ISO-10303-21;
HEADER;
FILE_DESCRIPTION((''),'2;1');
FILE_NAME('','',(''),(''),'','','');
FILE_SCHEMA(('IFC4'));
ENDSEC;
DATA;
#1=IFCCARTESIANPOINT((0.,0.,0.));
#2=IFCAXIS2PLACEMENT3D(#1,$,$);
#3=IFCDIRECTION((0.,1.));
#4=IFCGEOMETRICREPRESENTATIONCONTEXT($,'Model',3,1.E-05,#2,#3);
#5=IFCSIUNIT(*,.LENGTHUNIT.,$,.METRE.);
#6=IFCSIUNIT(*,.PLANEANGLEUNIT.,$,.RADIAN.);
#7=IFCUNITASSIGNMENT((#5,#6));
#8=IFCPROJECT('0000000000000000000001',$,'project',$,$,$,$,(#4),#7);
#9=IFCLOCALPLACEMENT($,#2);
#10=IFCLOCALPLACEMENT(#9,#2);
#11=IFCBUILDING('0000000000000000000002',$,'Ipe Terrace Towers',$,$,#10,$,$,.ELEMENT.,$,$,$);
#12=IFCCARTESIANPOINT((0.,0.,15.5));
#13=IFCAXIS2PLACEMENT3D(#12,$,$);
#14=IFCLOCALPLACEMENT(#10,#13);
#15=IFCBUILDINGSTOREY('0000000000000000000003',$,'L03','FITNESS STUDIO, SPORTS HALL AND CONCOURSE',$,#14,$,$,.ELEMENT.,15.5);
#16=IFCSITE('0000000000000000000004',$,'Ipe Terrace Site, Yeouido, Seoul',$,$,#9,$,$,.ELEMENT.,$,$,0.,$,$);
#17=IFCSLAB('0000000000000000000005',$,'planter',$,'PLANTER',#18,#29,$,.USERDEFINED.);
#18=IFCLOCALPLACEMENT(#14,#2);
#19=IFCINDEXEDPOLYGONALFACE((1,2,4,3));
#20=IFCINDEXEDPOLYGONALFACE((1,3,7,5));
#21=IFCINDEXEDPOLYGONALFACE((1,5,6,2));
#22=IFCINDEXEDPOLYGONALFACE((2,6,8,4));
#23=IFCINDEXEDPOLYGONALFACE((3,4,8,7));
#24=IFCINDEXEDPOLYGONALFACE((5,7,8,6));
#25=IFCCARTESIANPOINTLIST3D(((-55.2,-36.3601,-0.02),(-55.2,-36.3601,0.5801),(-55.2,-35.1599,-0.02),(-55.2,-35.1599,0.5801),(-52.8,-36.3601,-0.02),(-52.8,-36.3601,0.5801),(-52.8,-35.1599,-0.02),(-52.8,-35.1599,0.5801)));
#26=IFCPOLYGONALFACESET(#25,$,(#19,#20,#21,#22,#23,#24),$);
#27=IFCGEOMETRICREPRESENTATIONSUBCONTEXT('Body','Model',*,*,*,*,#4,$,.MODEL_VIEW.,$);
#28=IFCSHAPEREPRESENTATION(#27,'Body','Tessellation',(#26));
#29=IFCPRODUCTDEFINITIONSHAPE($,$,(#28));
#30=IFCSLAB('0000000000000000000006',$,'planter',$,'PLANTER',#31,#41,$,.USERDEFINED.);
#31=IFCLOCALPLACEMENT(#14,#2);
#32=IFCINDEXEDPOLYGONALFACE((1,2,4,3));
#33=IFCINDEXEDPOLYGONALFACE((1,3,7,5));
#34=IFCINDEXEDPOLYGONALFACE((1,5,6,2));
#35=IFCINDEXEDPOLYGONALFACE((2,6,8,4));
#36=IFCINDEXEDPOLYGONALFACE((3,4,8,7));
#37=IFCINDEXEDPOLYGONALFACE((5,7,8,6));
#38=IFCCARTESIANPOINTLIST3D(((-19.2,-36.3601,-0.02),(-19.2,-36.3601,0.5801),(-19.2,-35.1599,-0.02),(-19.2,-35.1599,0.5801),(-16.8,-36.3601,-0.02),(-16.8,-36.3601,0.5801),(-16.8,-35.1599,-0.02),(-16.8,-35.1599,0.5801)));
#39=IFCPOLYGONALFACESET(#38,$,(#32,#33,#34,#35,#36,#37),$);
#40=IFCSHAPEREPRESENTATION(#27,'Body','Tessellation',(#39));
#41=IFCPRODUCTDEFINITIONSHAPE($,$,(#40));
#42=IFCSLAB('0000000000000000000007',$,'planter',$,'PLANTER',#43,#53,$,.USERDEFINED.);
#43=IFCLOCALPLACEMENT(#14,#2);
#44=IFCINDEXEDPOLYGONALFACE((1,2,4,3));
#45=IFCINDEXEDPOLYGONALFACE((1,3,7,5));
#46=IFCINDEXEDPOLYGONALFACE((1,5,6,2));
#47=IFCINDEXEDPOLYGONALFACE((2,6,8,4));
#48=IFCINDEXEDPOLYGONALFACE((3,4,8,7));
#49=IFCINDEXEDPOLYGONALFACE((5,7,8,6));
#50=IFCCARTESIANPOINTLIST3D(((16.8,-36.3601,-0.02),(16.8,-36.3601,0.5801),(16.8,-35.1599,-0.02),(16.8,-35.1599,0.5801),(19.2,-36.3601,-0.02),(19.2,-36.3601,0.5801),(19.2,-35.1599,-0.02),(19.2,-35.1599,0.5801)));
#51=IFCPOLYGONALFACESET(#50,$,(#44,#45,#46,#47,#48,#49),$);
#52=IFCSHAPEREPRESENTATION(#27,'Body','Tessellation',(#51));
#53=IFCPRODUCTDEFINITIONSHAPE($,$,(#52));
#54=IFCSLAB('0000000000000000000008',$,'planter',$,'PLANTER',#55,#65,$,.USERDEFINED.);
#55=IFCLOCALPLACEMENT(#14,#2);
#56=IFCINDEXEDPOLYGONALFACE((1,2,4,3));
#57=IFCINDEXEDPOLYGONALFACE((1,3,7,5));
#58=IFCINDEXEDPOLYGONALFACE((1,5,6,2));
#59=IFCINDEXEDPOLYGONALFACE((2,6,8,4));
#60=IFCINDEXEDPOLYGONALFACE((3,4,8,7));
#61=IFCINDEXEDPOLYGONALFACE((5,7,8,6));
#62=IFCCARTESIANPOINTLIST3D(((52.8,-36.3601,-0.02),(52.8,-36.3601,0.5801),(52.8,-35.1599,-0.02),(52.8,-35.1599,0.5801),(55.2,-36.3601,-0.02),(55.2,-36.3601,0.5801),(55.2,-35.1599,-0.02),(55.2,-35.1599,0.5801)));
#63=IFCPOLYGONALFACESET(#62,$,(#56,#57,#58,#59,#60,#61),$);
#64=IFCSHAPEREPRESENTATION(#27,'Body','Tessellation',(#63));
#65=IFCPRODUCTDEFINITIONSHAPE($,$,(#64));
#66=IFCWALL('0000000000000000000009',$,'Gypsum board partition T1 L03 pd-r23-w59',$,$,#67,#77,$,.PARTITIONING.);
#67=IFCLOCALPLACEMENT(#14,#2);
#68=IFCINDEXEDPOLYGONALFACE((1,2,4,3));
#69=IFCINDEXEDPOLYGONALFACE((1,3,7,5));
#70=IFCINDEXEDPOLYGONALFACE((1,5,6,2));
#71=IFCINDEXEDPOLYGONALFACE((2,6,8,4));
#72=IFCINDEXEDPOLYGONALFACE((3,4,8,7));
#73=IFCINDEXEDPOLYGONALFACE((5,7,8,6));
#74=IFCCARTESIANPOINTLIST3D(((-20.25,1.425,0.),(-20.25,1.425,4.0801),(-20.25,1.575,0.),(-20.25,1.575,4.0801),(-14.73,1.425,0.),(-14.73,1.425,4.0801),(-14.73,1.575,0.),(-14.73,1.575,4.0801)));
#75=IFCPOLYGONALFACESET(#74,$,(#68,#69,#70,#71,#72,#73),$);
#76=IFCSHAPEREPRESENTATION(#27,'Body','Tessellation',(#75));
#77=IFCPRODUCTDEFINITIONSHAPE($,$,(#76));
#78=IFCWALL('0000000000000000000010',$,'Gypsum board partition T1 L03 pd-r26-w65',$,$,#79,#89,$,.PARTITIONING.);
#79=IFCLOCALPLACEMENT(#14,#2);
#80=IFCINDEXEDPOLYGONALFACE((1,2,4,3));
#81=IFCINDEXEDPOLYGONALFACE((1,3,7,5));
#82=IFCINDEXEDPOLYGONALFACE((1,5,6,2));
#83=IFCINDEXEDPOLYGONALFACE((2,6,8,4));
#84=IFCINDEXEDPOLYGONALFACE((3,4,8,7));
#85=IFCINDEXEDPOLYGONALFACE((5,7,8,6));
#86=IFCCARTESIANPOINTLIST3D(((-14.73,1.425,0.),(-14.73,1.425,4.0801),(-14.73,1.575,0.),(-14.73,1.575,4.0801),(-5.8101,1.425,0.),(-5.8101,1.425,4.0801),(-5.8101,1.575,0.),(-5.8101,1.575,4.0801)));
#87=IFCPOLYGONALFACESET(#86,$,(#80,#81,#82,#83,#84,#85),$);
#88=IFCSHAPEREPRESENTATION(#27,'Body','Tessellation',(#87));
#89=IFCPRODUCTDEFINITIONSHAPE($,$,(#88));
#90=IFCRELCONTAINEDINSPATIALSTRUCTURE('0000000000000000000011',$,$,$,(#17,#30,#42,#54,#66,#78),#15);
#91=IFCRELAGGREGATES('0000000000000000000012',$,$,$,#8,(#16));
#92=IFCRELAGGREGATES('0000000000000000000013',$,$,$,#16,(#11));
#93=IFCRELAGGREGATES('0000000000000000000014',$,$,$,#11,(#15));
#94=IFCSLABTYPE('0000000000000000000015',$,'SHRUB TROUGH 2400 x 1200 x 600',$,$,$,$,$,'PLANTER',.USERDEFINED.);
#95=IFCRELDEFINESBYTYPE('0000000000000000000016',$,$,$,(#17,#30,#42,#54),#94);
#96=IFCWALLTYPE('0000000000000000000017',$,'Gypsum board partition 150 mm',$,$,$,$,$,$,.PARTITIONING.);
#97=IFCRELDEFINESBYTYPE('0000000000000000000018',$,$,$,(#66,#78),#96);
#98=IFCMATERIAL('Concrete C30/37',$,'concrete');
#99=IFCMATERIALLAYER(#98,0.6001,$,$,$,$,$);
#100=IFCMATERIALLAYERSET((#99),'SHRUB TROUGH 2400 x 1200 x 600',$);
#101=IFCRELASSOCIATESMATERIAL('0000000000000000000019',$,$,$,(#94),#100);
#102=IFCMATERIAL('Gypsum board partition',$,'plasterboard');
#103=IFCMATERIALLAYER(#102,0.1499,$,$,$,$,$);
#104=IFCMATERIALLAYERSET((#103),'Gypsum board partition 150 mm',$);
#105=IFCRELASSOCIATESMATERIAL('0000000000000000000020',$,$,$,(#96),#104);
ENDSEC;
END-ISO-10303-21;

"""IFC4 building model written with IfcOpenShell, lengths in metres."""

from ifc_helpers import new_model, si_unit, direction, frame, frame_2d, origin, place, context, subcontext, project, spatial, polyline, rectangle, outline, extrude, material, layer, layer_set, type_object, element, save


model = new_model("IFC4")

# Units and contexts
model_context = context("Model", 3, precision=1e-05, world=origin(), true_north=direction((0.0, 1.0)))
body_context = subcontext(model_context, "Body", "Model", "MODEL_VIEW")
ifc_project = project(units=[si_unit("LENGTHUNIT", "METRE"), si_unit("PLANEANGLEUNIT", "RADIAN")], contexts=[model_context])

# Site, building, storey
site_placement = place(None, origin())
site = spatial("IfcSite", under=ifc_project, at=site_placement, Name="Ipe Terrace Site, Yeouido, Seoul", CompositionType="ELEMENT", RefElevation=0.0)
building_placement = place(site_placement, origin())
building = spatial("IfcBuilding", under=site, at=building_placement, Name="Ipe Terrace Towers", CompositionType="ELEMENT")
storey_placement = place(building_placement, frame((0.0, 0.0, 15.5)))
storey = spatial("IfcBuildingStorey", under=building, at=storey_placement, Name="L03", Description="FITNESS STUDIO, SPORTS HALL AND CONCOURSE", CompositionType="ELEMENT", Elevation=15.5)

# Slabs
ifc_material_1 = material(Name="Concrete C30/37", Category="concrete")
ifc_layer_1 = layer(ifc_material_1, 0.6001)
ifc_layer_set_1 = layer_set([ifc_layer_1], Name="SHRUB TROUGH 2400 x 1200 x 600")
slab_type_1 = type_object("IfcSlabType", Name="SHRUB TROUGH 2400 x 1200 x 600", ElementType="PLANTER", PredefinedType="USERDEFINED", material=ifc_layer_set_1)
slab_1_placement = place(storey_placement, frame((0.0, 0.0, -0.02)))
element("IfcSlab", 1, at=slab_1_placement, inside=storey, type_object=slab_type_1, Name="planter", ObjectType="PLANTER", PredefinedType="USERDEFINED", context=body_context, shape_type="SweptSolid", body=[
    extrude(outline(polyline([(-55.2, -36.3601), (-52.8, -36.3601), (-52.8, -35.1599), (-55.2, -35.1599), (-55.2, -36.3601)])), origin(), (0.0, 0.0, 1.0), 0.6001),
])
slab_2_placement = place(storey_placement, frame((0.0, 0.0, -0.02)))
element("IfcSlab", 2, at=slab_2_placement, inside=storey, type_object=slab_type_1, Name="planter", ObjectType="PLANTER", PredefinedType="USERDEFINED", context=body_context, shape_type="SweptSolid", body=[
    extrude(outline(polyline([(-19.2, -36.3601), (-16.8, -36.3601), (-16.8, -35.1599), (-19.2, -35.1599), (-19.2, -36.3601)])), origin(), (0.0, 0.0, 1.0), 0.6001),
])
slab_3_placement = place(storey_placement, frame((0.0, 0.0, -0.02)))
element("IfcSlab", 3, at=slab_3_placement, inside=storey, type_object=slab_type_1, Name="planter", ObjectType="PLANTER", PredefinedType="USERDEFINED", context=body_context, shape_type="SweptSolid", body=[
    extrude(outline(polyline([(16.8, -36.3601), (19.2, -36.3601), (19.2, -35.1599), (16.8, -35.1599), (16.8, -36.3601)])), origin(), (0.0, 0.0, 1.0), 0.6001),
])
slab_4_placement = place(storey_placement, frame((0.0, 0.0, -0.02)))
element("IfcSlab", 4, at=slab_4_placement, inside=storey, type_object=slab_type_1, Name="planter", ObjectType="PLANTER", PredefinedType="USERDEFINED", context=body_context, shape_type="SweptSolid", body=[
    extrude(outline(polyline([(52.8, -36.3601), (55.2, -36.3601), (55.2, -35.1599), (52.8, -35.1599), (52.8, -36.3601)])), origin(), (0.0, 0.0, 1.0), 0.6001),
])

# Walls
ifc_material_2 = material(Name="Gypsum board partition", Category="plasterboard")
ifc_layer_2 = layer(ifc_material_2, 0.1499)
ifc_layer_set_2 = layer_set([ifc_layer_2], Name="Gypsum board partition 150 mm")
wall_type = type_object("IfcWallType", Name="Gypsum board partition 150 mm", PredefinedType="PARTITIONING", material=ifc_layer_set_2)
wall_1_placement = place(storey_placement, frame((-14.73, 1.5, 0.0), z_axis=(0.0, 0.0, 1.0), x_axis=(-1.0, 0.0, 0.0)))
element("IfcWall", 5, at=wall_1_placement, inside=storey, type_object=wall_type, Name="Gypsum board partition T1 L03 pd-r23-w59", PredefinedType="PARTITIONING", context=body_context, shape_type="SweptSolid", body=[
    extrude(rectangle(XDim=5.52, YDim=0.1499, at=frame_2d((2.76, 0.0))), origin(), (0.0, 0.0, 1.0), 4.0801),
])
wall_2_placement = place(storey_placement, frame((-5.8101, 1.5, 0.0), z_axis=(0.0, 0.0, 1.0), x_axis=(-1.0, 0.0, 0.0)))
element("IfcWall", 6, at=wall_2_placement, inside=storey, type_object=wall_type, Name="Gypsum board partition T1 L03 pd-r26-w65", PredefinedType="PARTITIONING", context=body_context, shape_type="SweptSolid", body=[
    extrude(rectangle(XDim=8.9199, YDim=0.1499, at=frame_2d((4.46, 0.0))), origin(), (0.0, 0.0, 1.0), 4.0801),
])

save(model, "model.ifc")
